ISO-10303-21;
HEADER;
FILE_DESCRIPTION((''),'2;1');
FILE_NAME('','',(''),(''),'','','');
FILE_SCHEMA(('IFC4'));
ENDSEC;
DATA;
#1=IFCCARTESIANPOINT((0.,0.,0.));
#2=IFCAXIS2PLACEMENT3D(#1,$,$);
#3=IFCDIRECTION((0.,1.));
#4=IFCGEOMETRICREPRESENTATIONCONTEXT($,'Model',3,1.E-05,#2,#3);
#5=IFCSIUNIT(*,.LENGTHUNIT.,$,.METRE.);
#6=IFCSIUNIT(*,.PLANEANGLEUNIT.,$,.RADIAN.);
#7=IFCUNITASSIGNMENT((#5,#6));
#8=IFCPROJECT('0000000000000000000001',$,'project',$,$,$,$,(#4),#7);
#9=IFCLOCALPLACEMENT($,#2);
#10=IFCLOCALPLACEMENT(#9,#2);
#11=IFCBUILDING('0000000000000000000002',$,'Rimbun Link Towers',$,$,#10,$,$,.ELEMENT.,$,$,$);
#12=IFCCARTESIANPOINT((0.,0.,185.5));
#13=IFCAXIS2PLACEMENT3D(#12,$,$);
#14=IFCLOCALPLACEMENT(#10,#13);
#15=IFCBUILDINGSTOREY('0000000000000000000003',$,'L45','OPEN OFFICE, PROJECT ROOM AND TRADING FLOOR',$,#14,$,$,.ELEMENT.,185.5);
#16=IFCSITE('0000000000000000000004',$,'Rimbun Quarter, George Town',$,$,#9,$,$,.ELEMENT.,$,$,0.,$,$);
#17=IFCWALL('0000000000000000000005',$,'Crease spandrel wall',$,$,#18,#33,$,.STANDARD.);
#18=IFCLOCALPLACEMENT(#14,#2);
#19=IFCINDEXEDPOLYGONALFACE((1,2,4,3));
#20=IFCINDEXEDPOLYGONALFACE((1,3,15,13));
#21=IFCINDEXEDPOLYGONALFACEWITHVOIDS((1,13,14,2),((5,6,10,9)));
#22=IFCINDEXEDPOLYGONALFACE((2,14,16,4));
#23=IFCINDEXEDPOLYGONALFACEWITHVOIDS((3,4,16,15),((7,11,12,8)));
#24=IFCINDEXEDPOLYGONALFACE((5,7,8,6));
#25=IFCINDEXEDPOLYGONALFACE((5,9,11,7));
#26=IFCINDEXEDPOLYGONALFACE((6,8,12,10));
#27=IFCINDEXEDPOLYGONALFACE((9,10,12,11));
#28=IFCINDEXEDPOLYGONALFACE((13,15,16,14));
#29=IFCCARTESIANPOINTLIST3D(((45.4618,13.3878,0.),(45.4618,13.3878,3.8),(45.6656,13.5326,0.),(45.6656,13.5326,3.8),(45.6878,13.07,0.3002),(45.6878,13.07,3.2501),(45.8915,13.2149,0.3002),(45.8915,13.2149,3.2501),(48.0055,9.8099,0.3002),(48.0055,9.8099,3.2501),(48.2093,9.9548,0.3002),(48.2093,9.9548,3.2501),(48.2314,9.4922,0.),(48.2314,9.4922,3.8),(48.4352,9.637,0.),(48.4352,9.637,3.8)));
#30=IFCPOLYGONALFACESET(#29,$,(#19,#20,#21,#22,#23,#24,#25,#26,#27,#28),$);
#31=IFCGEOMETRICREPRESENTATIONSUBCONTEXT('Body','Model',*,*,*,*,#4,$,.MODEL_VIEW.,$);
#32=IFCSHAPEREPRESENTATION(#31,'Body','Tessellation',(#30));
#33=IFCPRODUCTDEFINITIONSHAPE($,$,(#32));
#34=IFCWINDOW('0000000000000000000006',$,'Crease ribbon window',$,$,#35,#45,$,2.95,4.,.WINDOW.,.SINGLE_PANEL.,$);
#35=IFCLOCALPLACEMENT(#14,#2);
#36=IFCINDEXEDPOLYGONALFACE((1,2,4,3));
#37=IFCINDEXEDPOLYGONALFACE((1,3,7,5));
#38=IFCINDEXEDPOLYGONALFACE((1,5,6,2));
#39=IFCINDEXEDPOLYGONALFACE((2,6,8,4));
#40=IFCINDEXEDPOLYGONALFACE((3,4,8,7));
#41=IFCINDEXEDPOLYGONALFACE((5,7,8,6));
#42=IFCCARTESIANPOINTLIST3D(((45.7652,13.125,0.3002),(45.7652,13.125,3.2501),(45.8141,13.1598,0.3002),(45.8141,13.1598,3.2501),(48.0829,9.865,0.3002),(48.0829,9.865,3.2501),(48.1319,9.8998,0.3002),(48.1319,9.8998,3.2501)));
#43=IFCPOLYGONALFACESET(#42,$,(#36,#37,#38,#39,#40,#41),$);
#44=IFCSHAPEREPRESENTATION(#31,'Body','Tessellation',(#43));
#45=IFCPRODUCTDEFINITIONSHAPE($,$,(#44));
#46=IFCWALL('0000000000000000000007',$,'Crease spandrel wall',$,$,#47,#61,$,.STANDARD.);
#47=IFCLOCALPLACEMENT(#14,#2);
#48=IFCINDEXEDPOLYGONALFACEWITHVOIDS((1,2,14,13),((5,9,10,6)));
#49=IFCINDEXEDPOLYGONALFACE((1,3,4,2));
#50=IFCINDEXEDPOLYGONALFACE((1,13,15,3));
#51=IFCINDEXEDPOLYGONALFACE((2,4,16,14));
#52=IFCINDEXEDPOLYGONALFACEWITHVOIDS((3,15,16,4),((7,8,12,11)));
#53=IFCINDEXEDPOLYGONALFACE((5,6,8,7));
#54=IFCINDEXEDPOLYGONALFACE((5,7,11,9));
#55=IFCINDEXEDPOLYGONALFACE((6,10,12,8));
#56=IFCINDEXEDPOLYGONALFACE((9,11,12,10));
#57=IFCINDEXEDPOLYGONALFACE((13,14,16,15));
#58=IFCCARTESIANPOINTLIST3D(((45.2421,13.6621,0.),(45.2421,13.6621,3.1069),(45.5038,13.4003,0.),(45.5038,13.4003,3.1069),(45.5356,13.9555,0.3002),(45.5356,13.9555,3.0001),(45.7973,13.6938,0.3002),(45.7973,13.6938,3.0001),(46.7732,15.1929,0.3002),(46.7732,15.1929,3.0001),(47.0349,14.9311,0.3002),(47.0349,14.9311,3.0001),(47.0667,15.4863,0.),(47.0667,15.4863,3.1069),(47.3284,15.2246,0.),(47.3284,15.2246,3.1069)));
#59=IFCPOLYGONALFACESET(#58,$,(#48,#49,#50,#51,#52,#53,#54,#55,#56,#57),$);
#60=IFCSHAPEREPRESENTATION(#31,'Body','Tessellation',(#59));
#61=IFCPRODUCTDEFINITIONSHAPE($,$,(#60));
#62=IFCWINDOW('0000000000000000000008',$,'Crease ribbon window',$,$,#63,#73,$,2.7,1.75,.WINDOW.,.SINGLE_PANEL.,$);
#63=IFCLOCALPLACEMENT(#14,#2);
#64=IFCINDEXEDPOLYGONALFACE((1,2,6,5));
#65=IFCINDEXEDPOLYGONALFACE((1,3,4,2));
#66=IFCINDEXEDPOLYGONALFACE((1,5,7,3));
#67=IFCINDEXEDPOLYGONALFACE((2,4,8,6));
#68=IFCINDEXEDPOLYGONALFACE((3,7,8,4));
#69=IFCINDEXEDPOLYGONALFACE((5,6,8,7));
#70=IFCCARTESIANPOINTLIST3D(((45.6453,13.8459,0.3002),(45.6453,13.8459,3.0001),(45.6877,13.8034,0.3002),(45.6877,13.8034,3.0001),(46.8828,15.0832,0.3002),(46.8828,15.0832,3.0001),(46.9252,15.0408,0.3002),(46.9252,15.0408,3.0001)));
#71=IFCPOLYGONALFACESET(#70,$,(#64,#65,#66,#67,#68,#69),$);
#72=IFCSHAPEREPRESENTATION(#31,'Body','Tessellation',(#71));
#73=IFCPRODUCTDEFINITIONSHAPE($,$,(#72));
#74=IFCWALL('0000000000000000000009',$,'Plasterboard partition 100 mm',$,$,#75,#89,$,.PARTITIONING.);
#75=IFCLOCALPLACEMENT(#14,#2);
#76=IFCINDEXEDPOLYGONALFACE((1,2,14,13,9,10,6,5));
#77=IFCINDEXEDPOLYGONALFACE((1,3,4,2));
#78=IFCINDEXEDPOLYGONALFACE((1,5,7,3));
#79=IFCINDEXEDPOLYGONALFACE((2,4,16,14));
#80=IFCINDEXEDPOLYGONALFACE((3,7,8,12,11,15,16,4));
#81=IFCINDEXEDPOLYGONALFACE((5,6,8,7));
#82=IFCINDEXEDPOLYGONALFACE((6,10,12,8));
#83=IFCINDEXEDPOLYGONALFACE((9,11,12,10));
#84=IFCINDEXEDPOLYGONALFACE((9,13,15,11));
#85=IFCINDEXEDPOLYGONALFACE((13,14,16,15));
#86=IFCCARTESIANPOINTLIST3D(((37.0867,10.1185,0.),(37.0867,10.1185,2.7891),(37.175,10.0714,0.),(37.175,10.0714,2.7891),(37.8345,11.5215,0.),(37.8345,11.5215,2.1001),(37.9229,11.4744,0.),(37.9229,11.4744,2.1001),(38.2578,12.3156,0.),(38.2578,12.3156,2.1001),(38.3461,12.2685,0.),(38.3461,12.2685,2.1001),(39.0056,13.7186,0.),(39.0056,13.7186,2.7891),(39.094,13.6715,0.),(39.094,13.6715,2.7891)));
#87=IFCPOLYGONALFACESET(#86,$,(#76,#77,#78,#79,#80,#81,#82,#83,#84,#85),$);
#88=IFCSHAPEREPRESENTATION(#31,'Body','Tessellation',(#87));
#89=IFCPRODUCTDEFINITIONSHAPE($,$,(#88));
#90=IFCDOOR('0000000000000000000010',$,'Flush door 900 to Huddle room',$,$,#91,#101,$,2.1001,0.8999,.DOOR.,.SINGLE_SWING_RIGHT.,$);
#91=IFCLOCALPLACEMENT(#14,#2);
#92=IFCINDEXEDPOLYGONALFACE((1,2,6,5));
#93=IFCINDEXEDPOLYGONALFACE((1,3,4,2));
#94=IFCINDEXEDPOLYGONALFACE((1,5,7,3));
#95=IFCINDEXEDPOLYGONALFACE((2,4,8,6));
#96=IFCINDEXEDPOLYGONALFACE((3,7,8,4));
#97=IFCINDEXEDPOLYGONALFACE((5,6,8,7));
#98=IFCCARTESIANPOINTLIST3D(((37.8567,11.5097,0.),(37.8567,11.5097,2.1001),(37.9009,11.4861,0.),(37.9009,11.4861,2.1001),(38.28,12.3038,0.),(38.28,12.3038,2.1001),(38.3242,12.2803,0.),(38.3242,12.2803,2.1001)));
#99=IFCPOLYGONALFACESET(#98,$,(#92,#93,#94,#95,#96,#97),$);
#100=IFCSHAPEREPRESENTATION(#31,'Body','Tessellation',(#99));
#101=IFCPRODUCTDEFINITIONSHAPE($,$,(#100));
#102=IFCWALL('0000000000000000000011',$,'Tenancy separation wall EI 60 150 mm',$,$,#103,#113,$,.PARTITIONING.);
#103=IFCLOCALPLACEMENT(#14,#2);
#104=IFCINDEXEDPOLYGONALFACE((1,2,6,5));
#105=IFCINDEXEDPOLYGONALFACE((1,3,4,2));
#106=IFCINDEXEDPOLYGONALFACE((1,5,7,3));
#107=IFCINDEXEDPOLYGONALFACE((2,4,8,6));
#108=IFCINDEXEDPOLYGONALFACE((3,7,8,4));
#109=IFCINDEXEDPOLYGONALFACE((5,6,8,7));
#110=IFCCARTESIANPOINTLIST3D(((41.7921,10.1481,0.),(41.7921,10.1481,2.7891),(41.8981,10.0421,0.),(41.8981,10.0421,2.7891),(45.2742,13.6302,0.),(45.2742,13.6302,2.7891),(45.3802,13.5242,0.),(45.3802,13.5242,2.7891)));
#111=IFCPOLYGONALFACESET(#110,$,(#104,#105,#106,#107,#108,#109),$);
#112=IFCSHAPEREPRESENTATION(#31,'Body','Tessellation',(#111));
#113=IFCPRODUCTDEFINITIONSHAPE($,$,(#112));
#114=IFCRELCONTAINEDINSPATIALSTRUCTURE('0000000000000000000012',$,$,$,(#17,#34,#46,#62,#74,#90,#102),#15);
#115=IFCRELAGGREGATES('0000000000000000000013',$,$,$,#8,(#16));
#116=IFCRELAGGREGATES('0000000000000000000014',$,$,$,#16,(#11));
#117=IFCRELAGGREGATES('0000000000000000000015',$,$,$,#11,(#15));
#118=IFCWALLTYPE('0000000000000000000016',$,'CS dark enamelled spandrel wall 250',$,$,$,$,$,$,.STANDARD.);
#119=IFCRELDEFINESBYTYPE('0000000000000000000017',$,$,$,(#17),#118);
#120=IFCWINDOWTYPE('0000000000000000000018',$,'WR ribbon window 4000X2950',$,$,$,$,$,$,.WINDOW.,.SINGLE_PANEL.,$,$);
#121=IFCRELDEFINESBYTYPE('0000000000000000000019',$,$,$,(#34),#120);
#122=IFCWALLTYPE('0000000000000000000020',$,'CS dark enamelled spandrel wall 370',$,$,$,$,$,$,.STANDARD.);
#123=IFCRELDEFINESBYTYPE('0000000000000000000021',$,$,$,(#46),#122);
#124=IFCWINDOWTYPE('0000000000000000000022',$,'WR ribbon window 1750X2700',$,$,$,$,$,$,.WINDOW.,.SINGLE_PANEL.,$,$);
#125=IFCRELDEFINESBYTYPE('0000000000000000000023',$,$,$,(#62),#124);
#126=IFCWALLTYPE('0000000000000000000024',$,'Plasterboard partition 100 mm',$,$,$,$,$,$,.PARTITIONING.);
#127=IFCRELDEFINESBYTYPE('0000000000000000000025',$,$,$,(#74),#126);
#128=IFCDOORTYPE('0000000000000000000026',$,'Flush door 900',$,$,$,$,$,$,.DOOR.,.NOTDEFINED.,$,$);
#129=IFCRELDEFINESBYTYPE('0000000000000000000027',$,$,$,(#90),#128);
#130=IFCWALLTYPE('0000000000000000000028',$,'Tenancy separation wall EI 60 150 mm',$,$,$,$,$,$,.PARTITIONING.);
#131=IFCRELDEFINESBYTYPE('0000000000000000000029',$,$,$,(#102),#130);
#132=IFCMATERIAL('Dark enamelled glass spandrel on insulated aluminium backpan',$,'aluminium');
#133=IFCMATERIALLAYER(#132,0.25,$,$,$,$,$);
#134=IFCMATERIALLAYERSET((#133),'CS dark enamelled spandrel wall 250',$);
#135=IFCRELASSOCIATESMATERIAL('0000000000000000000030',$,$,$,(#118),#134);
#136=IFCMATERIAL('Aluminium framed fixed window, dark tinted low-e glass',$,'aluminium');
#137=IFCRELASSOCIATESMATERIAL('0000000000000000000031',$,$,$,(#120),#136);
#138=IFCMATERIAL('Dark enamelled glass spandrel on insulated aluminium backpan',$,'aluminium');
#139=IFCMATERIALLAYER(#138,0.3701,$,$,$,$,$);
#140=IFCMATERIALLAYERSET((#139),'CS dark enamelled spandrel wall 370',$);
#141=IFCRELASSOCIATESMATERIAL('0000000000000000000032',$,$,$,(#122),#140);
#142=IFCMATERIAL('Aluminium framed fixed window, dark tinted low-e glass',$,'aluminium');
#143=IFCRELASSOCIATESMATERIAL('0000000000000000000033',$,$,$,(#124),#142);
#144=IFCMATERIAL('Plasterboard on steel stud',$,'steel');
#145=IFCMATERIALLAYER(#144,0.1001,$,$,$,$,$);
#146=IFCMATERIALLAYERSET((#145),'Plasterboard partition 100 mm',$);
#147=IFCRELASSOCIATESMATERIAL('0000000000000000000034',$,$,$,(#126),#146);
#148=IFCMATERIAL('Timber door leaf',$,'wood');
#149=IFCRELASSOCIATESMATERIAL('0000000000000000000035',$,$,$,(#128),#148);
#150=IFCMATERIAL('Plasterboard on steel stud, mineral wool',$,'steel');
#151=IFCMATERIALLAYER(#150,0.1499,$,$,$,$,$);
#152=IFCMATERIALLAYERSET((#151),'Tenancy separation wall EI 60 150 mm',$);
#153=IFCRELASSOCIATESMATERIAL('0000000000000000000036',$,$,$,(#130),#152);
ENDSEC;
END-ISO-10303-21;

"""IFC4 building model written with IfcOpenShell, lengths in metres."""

from ifc_helpers import new_model, si_unit, direction, frame, frame_2d, origin, place, context, subcontext, project, spatial, rectangle, extrude, material, layer, layer_set, type_object, element, fill, save


model = new_model("IFC4")

# Units and contexts
model_context = context("Model", 3, precision=1e-05, world=origin(), true_north=direction((0.0, 1.0)))
body_context = subcontext(model_context, "Body", "Model", "MODEL_VIEW")
ifc_project = project(units=[si_unit("LENGTHUNIT", "METRE"), si_unit("PLANEANGLEUNIT", "RADIAN")], contexts=[model_context])

# Site, building, storey
site_placement = place(None, origin())
site = spatial("IfcSite", under=ifc_project, at=site_placement, Name="Rimbun Quarter, George Town", CompositionType="ELEMENT", RefElevation=0.0)
building_placement = place(site_placement, origin())
building = spatial("IfcBuilding", under=site, at=building_placement, Name="Rimbun Link Towers", CompositionType="ELEMENT")
storey_placement = place(building_placement, frame((0.0, 0.0, 185.5)))
storey = spatial("IfcBuildingStorey", under=building, at=storey_placement, Name="L45", Description="OPEN OFFICE, PROJECT ROOM AND TRADING FLOOR", CompositionType="ELEMENT", Elevation=185.5)

# Walls, openings, windows
ifc_material_1 = material(Name="Dark enamelled glass spandrel on insulated aluminium backpan", Category="aluminium")
ifc_layer_1 = layer(ifc_material_1, 0.25)
ifc_layer_set_1 = layer_set([ifc_layer_1], Name="CS dark enamelled spandrel wall 250")
wall_type_1 = type_object("IfcWallType", Name="CS dark enamelled spandrel wall 250", PredefinedType="STANDARD", material=ifc_layer_set_1)
wall_1_placement = place(storey_placement, frame((45.5637, 13.4602, 0.0), z_axis=(0.0, 0.0, 1.0), x_axis=(0.579439, -0.815015, 0.0)))
wall_1 = element("IfcWall", 1, at=wall_1_placement, inside=storey, type_object=wall_type_1, Name="Crease spandrel wall", PredefinedType="STANDARD", context=body_context, shape_type="SweptSolid", body=[
    extrude(rectangle(XDim=4.7798, YDim=0.25, at=frame_2d((2.3899, 0.0))), origin(), (0.0, 0.0, 1.0), 3.8),
])
opening_1_placement = place(wall_1_placement, frame((0.3899, 0.0, 0.3)))
opening_1 = element("IfcOpeningElement", 2, at=opening_1_placement, cuts=wall_1, PredefinedType="OPENING", context=body_context, shape_type="SweptSolid", body=[
    extrude(rectangle(XDim=4.0, YDim=2.95, at=frame_2d((2.0, 1.4751))), frame((0.0, 0.135, 0.0), z_axis=(0.0, -1.0, 0.0), x_axis=(1.0, 0.0, 0.0)), (0.0, 0.0, 1.0), 0.27),
])
ifc_material_2 = material(Name="Aluminium framed fixed window, dark tinted low-e glass", Category="aluminium")
window_type_1 = type_object("IfcWindowType", Name="WR ribbon window 4000X2950", PartitioningType="SINGLE_PANEL", PredefinedType="WINDOW", material=ifc_material_2)
window_1_placement = place(opening_1_placement, origin())
window_1 = element("IfcWindow", 3, at=window_1_placement, inside=storey, type_object=window_type_1, Name="Crease ribbon window", OverallHeight=2.95, OverallWidth=4.0, PartitioningType="SINGLE_PANEL", PredefinedType="WINDOW", context=body_context, shape_type="SweptSolid", body=[
    extrude(rectangle(XDim=4.0, YDim=2.95, at=frame_2d((2.0, 1.4751))), frame((0.0, 0.03, 0.0), z_axis=(0.0, -1.0, 0.0), x_axis=(1.0, 0.0, 0.0)), (0.0, 0.0, 1.0), 0.0601),
])
fill(opening_1, window_1)
ifc_material_3 = material(Name="Dark enamelled glass spandrel on insulated aluminium backpan", Category="aluminium")
ifc_layer_2 = layer(ifc_material_3, 0.3701)
ifc_layer_set_2 = layer_set([ifc_layer_2], Name="CS dark enamelled spandrel wall 370")
wall_type_2 = type_object("IfcWallType", Name="CS dark enamelled spandrel wall 370", PredefinedType="STANDARD", material=ifc_layer_set_2)
wall_2_placement = place(storey_placement, frame((47.1975, 15.3555, 0.0), z_axis=(0.0, 0.0, 1.0), x_axis=(-0.707154, -0.707059, 0.0)))
wall_2 = element("IfcWall", 4, at=wall_2_placement, inside=storey, type_object=wall_type_2, Name="Crease spandrel wall", PredefinedType="STANDARD", context=body_context, shape_type="SweptSolid", body=[
    extrude(rectangle(XDim=2.5801, YDim=0.3701, at=frame_2d((1.29, 0.0))), origin(), (0.0, 0.0, 1.0), 3.1069),
])
opening_2_placement = place(wall_2_placement, frame((0.415, 0.0, 0.3)))
opening_2 = element("IfcOpeningElement", 5, at=opening_2_placement, cuts=wall_2, PredefinedType="OPENING", context=body_context, shape_type="SweptSolid", body=[
    extrude(rectangle(XDim=1.75, YDim=2.7, at=frame_2d((0.875, 1.3501))), frame((0.0, 0.1951, 0.0), z_axis=(0.0, -1.0, 0.0), x_axis=(1.0, 0.0, 0.0)), (0.0, 0.0, 1.0), 0.3901),
])
ifc_material_4 = material(Name="Aluminium framed fixed window, dark tinted low-e glass", Category="aluminium")
window_type_2 = type_object("IfcWindowType", Name="WR ribbon window 1750X2700", PartitioningType="SINGLE_PANEL", PredefinedType="WINDOW", material=ifc_material_4)
window_2_placement = place(opening_2_placement, origin())
window_2 = element("IfcWindow", 6, at=window_2_placement, inside=storey, type_object=window_type_2, Name="Crease ribbon window", OverallHeight=2.7, OverallWidth=1.75, PartitioningType="SINGLE_PANEL", PredefinedType="WINDOW", context=body_context, shape_type="SweptSolid", body=[
    extrude(rectangle(XDim=1.75, YDim=2.7, at=frame_2d((0.875, 1.3501))), frame((0.0, 0.03, 0.0), z_axis=(0.0, -1.0, 0.0), x_axis=(1.0, 0.0, 0.0)), (0.0, 0.0, 1.0), 0.0601),
])
fill(opening_2, window_2)

# Wall, opening, door
ifc_material_5 = material(Name="Plasterboard on steel stud", Category="steel")
ifc_layer_3 = layer(ifc_material_5, 0.1001)
ifc_layer_set_3 = layer_set([ifc_layer_3], Name="Plasterboard partition 100 mm")
wall_type_3 = type_object("IfcWallType", Name="Plasterboard partition 100 mm", PredefinedType="PARTITIONING", material=ifc_layer_set_3)
wall_3_placement = place(storey_placement, frame((37.1309, 10.095, 0.0), z_axis=(0.0, 0.0, 1.0), x_axis=(0.470377, 0.882466, 0.0)))
wall_3 = element("IfcWall", 7, at=wall_3_placement, inside=storey, type_object=wall_type_3, Name="Plasterboard partition 100 mm", PredefinedType="PARTITIONING", context=body_context, shape_type="SweptSolid", body=[
    extrude(rectangle(XDim=4.0796, YDim=0.1001, at=frame_2d((2.0398, 0.0))), origin(), (0.0, 0.0, 1.0), 2.7891),
])
opening_3_placement = place(wall_3_placement, frame((1.5898, 0.0, 0.0)))
opening_3 = element("IfcOpeningElement", 8, at=opening_3_placement, cuts=wall_3, PredefinedType="OPENING", context=body_context, shape_type="SweptSolid", body=[
    extrude(rectangle(XDim=0.8999, YDim=2.1001, at=frame_2d((0.45, 1.05))), frame((0.0, 0.0601, 0.0), z_axis=(0.0, -1.0, 0.0), x_axis=(1.0, 0.0, 0.0)), (0.0, 0.0, 1.0), 0.1201),
])
ifc_material_6 = material(Name="Timber door leaf", Category="wood")
door_type = type_object("IfcDoorType", Name="Flush door 900", OperationType="NOTDEFINED", PredefinedType="DOOR", material=ifc_material_6)
door_placement = place(opening_3_placement, origin())
door = element("IfcDoor", 9, at=door_placement, inside=storey, type_object=door_type, Name="Flush door 900 to Huddle room", OperationType="SINGLE_SWING_RIGHT", OverallHeight=2.1001, OverallWidth=0.8999, PredefinedType="DOOR", context=body_context, shape_type="SweptSolid", body=[
    extrude(rectangle(XDim=0.8999, YDim=2.1001, at=frame_2d((0.45, 1.05))), frame((0.0, 0.0249, 0.0), z_axis=(0.0, -1.0, 0.0), x_axis=(1.0, 0.0, 0.0)), (0.0, 0.0, 1.0), 0.05),
])
fill(opening_3, door)

# Wall
ifc_material_7 = material(Name="Plasterboard on steel stud, mineral wool", Category="steel")
ifc_layer_4 = layer(ifc_material_7, 0.1499)
ifc_layer_set_4 = layer_set([ifc_layer_4], Name="Tenancy separation wall EI 60 150 mm")
wall_type_4 = type_object("IfcWallType", Name="Tenancy separation wall EI 60 150 mm", PredefinedType="PARTITIONING", material=ifc_layer_set_4)
wall_4_placement = place(storey_placement, frame((41.845, 10.095, 0.0), z_axis=(0.0, 0.0, 1.0), x_axis=(0.707107, 0.707107, 0.0)))
element("IfcWall", 10, at=wall_4_placement, inside=storey, type_object=wall_type_4, Name="Tenancy separation wall EI 60 150 mm", PredefinedType="PARTITIONING", context=body_context, shape_type="SweptSolid", body=[
    extrude(rectangle(XDim=4.9246, YDim=0.1499, at=frame_2d((2.4624, 0.0))), origin(), (0.0, 0.0, 1.0), 2.7891),
])

save(model, "model.ifc")
